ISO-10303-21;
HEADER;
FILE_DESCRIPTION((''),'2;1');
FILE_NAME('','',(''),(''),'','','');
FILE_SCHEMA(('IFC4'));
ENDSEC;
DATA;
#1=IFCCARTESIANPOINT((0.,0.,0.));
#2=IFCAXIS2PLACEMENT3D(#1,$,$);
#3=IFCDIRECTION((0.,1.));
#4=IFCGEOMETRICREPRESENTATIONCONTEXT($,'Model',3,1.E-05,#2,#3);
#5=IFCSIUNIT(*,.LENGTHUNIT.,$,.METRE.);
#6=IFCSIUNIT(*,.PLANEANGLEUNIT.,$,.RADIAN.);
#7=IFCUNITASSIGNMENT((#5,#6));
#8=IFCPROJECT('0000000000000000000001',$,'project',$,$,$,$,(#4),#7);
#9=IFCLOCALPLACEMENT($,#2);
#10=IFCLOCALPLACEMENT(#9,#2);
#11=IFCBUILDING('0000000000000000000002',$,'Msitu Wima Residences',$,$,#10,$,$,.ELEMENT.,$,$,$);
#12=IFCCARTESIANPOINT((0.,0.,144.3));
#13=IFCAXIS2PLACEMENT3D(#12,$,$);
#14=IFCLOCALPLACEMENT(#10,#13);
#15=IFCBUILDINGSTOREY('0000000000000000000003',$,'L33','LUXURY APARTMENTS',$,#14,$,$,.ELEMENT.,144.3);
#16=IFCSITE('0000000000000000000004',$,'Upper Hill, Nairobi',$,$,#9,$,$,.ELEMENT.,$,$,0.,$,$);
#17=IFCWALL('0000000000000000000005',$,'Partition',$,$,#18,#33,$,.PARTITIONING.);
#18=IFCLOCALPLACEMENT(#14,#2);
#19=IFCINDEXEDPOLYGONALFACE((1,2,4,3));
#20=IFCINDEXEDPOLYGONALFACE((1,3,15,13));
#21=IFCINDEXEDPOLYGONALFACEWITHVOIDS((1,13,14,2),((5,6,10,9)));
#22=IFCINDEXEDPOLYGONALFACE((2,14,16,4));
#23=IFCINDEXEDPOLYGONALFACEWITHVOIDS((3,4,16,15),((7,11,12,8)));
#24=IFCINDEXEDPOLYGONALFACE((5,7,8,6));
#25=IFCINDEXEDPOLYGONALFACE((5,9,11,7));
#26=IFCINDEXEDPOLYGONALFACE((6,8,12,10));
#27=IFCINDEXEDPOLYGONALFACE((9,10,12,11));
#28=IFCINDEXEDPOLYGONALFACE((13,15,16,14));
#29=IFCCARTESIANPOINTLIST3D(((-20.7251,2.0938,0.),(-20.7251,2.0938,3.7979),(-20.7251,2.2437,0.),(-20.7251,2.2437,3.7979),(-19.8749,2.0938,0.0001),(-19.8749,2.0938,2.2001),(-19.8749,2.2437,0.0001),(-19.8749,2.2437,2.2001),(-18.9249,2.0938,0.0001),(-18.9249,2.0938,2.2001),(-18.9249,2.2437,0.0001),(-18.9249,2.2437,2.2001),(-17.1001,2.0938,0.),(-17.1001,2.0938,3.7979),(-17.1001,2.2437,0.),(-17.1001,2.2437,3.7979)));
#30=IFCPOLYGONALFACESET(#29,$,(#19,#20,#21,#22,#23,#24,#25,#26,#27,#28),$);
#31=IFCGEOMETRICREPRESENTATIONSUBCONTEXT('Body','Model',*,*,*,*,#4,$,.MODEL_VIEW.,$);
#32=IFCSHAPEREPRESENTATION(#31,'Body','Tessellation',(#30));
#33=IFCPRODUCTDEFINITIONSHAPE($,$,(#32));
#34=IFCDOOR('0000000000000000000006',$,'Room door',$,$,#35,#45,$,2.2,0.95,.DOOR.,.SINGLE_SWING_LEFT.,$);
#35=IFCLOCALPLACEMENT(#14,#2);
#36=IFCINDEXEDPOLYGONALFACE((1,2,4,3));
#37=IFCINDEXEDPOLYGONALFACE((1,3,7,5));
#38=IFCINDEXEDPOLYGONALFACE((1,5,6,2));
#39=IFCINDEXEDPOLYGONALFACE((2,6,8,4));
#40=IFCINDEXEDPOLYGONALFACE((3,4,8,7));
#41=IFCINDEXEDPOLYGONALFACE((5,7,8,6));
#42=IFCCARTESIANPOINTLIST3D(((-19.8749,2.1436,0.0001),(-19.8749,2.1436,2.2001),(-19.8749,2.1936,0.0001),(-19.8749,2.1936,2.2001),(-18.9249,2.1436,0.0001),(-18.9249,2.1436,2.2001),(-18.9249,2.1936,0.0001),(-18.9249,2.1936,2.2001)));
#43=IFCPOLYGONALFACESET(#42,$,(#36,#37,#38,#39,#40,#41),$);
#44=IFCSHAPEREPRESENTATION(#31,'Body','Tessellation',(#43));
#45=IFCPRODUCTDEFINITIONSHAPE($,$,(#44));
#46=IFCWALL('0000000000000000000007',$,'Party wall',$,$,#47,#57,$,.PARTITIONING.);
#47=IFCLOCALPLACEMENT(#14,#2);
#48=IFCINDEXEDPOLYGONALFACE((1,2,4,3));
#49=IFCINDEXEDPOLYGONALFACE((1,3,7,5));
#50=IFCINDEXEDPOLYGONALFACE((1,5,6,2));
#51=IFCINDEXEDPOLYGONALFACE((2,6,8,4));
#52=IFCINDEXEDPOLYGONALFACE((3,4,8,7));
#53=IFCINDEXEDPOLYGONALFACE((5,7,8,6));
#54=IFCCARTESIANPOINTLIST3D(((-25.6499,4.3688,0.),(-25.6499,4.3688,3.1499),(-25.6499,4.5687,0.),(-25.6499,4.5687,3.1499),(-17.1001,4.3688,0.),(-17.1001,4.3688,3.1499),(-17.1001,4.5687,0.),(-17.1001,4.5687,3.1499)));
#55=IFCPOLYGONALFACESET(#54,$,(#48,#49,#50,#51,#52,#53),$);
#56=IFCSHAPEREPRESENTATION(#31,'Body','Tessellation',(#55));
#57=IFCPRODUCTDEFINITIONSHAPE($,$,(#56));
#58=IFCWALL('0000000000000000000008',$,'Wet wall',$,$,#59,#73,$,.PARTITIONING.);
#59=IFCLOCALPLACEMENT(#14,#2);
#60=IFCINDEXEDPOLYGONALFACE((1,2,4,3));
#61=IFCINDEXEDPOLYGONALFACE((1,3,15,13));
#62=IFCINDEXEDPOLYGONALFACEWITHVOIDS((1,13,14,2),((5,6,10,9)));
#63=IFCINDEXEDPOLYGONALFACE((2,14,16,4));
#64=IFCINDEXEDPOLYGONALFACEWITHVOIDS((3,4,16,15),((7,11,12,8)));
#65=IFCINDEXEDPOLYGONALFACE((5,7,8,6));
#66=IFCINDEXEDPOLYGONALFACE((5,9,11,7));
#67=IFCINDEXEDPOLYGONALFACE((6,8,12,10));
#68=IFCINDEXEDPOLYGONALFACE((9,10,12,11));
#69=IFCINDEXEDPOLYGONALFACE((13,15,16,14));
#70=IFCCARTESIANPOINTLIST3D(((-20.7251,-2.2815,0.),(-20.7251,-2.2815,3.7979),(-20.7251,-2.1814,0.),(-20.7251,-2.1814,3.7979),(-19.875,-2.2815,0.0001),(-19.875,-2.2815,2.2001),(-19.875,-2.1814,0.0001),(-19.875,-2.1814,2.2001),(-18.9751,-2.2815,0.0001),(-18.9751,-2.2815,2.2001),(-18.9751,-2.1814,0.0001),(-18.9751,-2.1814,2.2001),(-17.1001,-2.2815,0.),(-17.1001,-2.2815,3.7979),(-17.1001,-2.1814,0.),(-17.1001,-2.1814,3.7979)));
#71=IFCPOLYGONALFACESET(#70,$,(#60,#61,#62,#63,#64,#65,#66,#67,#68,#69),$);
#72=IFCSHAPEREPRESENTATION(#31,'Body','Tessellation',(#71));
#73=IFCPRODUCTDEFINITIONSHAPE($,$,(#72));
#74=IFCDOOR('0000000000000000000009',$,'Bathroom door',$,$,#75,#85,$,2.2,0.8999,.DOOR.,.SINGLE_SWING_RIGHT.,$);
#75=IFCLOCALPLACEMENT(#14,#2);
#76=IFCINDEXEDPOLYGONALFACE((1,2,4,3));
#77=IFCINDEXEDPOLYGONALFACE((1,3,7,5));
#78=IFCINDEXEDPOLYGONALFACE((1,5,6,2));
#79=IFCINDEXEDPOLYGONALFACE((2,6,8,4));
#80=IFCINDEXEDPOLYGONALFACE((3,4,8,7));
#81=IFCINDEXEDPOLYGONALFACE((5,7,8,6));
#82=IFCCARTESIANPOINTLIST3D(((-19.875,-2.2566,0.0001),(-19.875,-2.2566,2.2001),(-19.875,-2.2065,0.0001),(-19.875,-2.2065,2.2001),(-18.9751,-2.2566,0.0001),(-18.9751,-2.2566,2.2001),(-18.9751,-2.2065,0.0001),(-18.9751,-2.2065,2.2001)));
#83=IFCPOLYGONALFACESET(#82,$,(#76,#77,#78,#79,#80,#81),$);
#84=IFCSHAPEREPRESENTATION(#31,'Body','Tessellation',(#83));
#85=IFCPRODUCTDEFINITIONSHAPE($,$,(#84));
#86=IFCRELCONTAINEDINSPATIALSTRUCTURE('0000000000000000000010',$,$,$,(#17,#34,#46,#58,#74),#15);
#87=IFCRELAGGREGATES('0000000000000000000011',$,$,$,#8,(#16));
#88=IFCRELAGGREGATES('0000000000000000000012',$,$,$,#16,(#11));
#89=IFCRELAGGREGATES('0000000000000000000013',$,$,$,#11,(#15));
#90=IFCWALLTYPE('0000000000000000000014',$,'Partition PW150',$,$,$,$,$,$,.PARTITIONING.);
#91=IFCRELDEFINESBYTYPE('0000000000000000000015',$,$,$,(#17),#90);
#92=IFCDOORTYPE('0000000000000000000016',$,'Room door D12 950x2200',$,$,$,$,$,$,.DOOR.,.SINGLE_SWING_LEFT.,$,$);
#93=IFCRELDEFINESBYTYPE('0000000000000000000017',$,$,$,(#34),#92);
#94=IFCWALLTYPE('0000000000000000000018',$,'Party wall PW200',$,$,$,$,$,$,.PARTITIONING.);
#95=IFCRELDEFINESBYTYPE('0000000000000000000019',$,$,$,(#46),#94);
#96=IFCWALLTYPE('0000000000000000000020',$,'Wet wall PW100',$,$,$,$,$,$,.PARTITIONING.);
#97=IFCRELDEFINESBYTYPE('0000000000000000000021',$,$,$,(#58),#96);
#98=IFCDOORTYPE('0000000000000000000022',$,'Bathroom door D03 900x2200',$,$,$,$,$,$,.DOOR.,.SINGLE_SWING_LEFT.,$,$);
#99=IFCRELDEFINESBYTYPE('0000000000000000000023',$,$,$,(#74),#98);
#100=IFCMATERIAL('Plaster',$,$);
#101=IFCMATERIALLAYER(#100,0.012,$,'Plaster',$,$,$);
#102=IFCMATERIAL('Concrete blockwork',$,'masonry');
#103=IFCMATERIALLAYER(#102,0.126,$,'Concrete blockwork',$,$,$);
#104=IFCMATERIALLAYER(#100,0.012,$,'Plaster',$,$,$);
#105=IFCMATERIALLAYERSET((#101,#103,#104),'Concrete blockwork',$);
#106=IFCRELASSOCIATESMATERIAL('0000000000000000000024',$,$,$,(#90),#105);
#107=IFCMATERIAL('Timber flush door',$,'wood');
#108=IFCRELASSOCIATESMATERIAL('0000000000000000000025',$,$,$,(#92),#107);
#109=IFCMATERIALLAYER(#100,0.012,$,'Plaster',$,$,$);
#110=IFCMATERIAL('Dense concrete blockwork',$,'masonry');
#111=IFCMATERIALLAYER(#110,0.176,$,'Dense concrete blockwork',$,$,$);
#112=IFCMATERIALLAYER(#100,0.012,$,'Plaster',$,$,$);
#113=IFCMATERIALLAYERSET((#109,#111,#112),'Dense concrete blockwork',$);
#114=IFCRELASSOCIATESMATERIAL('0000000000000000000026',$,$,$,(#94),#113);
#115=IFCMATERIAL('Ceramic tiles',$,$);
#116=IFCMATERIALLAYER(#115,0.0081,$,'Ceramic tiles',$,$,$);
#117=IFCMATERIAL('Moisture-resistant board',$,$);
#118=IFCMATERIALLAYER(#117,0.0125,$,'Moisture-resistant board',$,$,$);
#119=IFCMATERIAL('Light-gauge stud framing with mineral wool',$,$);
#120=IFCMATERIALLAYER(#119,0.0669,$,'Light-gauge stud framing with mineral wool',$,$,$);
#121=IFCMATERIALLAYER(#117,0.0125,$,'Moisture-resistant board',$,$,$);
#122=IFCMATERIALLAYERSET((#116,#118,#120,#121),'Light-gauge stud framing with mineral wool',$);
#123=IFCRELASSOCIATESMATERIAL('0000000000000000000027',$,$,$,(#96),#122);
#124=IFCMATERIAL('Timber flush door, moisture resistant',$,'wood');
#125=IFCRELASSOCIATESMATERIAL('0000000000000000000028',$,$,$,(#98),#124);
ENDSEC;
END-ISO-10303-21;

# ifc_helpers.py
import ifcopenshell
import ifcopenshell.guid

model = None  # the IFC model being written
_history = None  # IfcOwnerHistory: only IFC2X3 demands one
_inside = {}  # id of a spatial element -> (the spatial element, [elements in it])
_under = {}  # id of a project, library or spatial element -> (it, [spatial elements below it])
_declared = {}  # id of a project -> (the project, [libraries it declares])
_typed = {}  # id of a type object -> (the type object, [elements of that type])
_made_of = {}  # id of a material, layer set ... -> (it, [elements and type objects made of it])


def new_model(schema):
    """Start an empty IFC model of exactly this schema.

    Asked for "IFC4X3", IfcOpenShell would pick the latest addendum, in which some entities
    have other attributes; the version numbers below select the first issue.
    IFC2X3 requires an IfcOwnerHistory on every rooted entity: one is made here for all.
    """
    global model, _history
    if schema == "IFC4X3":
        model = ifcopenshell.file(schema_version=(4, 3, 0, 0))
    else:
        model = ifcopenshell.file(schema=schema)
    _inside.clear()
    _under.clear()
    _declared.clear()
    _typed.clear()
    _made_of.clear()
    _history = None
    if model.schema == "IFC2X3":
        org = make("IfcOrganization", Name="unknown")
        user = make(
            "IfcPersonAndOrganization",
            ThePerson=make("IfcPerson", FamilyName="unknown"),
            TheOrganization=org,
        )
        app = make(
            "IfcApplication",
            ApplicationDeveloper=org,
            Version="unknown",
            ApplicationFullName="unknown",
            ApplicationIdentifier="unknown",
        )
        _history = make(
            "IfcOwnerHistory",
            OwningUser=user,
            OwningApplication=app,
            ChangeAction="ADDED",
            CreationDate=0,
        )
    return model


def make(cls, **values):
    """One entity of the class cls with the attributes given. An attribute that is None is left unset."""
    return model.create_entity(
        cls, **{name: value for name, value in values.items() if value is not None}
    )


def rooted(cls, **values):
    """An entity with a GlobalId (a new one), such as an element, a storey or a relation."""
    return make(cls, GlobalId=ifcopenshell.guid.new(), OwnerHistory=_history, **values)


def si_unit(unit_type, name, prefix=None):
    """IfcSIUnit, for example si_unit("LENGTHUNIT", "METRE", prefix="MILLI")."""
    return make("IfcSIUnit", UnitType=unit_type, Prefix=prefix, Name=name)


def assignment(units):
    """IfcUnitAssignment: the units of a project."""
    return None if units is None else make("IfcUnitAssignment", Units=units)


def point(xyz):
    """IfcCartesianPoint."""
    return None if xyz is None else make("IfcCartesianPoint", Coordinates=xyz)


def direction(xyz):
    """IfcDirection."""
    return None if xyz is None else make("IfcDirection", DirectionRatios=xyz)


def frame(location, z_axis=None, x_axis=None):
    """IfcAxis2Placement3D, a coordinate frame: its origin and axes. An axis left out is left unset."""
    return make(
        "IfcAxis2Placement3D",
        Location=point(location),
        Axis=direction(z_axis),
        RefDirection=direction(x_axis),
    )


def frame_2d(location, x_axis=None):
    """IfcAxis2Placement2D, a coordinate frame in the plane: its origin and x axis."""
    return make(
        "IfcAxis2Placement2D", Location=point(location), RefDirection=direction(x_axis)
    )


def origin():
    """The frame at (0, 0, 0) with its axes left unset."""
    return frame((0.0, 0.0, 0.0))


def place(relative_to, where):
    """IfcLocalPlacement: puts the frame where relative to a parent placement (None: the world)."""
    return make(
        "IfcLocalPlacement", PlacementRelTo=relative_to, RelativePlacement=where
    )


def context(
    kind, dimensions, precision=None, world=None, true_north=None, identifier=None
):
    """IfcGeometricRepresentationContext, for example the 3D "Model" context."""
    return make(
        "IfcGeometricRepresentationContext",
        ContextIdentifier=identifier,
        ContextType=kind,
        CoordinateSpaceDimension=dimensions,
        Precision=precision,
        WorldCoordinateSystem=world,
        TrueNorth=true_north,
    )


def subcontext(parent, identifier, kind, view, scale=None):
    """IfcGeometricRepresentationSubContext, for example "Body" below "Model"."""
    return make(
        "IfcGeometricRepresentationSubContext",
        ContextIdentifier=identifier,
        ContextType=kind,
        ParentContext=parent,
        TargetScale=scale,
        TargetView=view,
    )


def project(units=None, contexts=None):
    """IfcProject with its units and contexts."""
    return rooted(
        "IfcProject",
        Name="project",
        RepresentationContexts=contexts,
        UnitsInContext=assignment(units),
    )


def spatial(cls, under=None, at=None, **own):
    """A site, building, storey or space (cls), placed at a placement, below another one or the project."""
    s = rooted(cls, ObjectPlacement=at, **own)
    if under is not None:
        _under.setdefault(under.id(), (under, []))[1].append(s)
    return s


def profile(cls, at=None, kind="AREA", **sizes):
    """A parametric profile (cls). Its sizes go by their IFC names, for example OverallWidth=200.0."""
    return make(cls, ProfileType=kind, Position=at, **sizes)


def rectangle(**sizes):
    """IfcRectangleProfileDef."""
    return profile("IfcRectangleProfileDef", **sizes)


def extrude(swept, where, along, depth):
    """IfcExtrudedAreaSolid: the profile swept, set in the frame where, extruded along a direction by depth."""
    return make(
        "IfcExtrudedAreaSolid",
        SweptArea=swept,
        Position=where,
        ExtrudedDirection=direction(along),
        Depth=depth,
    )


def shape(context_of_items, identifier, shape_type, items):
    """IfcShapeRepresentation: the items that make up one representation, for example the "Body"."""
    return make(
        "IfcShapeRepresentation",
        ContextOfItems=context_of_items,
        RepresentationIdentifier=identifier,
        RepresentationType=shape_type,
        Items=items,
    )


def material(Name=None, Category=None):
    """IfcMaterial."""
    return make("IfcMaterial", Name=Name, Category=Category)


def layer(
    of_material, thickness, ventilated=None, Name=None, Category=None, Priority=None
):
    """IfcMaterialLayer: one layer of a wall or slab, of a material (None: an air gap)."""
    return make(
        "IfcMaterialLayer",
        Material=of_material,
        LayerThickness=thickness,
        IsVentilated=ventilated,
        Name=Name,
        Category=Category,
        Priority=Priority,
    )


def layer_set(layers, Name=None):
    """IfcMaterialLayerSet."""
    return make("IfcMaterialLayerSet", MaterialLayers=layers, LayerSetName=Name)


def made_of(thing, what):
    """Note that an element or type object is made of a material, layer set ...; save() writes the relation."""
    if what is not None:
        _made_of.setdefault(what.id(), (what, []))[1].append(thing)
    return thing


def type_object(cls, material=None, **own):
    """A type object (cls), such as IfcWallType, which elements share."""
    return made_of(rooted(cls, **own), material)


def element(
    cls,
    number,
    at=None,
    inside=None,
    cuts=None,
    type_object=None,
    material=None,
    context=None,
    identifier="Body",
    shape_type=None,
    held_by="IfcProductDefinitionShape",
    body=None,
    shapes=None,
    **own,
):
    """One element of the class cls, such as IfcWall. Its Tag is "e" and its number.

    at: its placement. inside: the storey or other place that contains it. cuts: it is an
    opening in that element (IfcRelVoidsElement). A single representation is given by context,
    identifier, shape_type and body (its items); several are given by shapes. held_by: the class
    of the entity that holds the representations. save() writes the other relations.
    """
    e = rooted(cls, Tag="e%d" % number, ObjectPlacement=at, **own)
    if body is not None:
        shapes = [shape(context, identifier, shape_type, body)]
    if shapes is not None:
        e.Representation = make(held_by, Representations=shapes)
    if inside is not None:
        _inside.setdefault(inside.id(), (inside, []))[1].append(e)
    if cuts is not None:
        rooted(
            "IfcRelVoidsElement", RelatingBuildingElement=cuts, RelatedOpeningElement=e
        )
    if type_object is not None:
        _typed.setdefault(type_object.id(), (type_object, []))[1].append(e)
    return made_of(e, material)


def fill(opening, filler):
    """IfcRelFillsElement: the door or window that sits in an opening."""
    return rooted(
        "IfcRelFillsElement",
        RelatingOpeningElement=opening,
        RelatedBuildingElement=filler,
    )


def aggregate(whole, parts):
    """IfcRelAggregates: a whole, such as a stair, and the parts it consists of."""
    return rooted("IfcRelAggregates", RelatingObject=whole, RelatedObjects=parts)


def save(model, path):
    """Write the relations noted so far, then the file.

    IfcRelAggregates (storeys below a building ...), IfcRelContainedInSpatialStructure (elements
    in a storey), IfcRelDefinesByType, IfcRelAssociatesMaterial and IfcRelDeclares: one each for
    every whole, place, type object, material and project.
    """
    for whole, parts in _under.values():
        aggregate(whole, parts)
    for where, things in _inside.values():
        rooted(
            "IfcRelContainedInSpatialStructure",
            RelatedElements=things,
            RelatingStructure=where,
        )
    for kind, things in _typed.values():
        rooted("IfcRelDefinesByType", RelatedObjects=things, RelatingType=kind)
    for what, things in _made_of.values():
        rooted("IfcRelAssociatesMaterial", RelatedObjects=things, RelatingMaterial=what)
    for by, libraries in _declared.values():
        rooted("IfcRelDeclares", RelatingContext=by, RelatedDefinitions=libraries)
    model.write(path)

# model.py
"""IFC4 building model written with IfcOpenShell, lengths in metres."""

from ifc_helpers import new_model, si_unit, direction, frame, frame_2d, origin, place, context, subcontext, project, spatial, rectangle, extrude, material, layer, layer_set, type_object, element, fill, save


model = new_model("IFC4")

# Units and contexts
model_context = context("Model", 3, precision=1e-05, world=origin(), true_north=direction((0.0, 1.0)))
body_context = subcontext(model_context, "Body", "Model", "MODEL_VIEW")
ifc_project = project(units=[si_unit("LENGTHUNIT", "METRE"), si_unit("PLANEANGLEUNIT", "RADIAN")], contexts=[model_context])

# Site, building, storey
site_placement = place(None, origin())
site = spatial("IfcSite", under=ifc_project, at=site_placement, Name="Upper Hill, Nairobi", CompositionType="ELEMENT", RefElevation=0.0)
building_placement = place(site_placement, origin())
building = spatial("IfcBuilding", under=site, at=building_placement, Name="Msitu Wima Residences", CompositionType="ELEMENT")
storey_placement = place(building_placement, frame((0.0, 0.0, 144.3)))
storey = spatial("IfcBuildingStorey", under=building, at=storey_placement, Name="L33", Description="LUXURY APARTMENTS", CompositionType="ELEMENT", Elevation=144.3)

# Wall, opening, door
ifc_material_1 = material(Name="Plaster")
ifc_layer_1 = layer(ifc_material_1, 0.012, Name="Plaster")
ifc_material_2 = material(Name="Concrete blockwork", Category="masonry")
ifc_layer_2 = layer(ifc_material_2, 0.126, Name="Concrete blockwork")
ifc_layer_3 = layer(ifc_material_1, 0.012, Name="Plaster")
ifc_layer_set_1 = layer_set([ifc_layer_1, ifc_layer_2, ifc_layer_3], Name="Concrete blockwork")
wall_type_1 = type_object("IfcWallType", Name="Partition PW150", PredefinedType="PARTITIONING", material=ifc_layer_set_1)
wall_1_placement = place(storey_placement, frame((-20.7251, 2.1687, 0.0), z_axis=(0.0, 0.0, 1.0), x_axis=(1.0, 0.0, 0.0)))
wall_1 = element("IfcWall", 1, at=wall_1_placement, inside=storey, type_object=wall_type_1, Name="Partition", PredefinedType="PARTITIONING", context=body_context, shape_type="SweptSolid", body=[
    extrude(rectangle(XDim=3.625, YDim=0.1499, at=frame_2d((1.8125, 0.0))), origin(), (0.0, 0.0, 1.0), 3.7979),
])
opening_1_placement = place(wall_1_placement, frame((0.8501, 0.0, 0.0)))
opening_1 = element("IfcOpeningElement", 2, at=opening_1_placement, cuts=wall_1, PredefinedType="OPENING", context=body_context, shape_type="SweptSolid", body=[
    extrude(rectangle(XDim=0.95, YDim=2.2, at=frame_2d((0.4751, 1.1001))), frame((0.0, 0.085, 0.0), z_axis=(0.0, -1.0, 0.0), x_axis=(1.0, 0.0, 0.0)), (0.0, 0.0, 1.0), 0.1699),
])
ifc_material_3 = material(Name="Timber flush door", Category="wood")
door_type_1 = type_object("IfcDoorType", Name="Room door D12 950x2200", OperationType="SINGLE_SWING_LEFT", PredefinedType="DOOR", material=ifc_material_3)
door_1_placement = place(opening_1_placement, origin())
door_1 = element("IfcDoor", 3, at=door_1_placement, inside=storey, type_object=door_type_1, Name="Room door", OperationType="SINGLE_SWING_LEFT", OverallHeight=2.2, OverallWidth=0.95, PredefinedType="DOOR", context=body_context, shape_type="SweptSolid", body=[
    extrude(rectangle(XDim=0.95, YDim=2.2, at=frame_2d((0.4751, 1.1001))), frame((0.0, 0.0249, 0.0), z_axis=(0.0, -1.0, 0.0), x_axis=(1.0, 0.0, 0.0)), (0.0, 0.0, 1.0), 0.05),
])
fill(opening_1, door_1)

# Wall
ifc_layer_4 = layer(ifc_material_1, 0.012, Name="Plaster")
ifc_material_4 = material(Name="Dense concrete blockwork", Category="masonry")
ifc_layer_5 = layer(ifc_material_4, 0.176, Name="Dense concrete blockwork")
ifc_layer_6 = layer(ifc_material_1, 0.012, Name="Plaster")
ifc_layer_set_2 = layer_set([ifc_layer_4, ifc_layer_5, ifc_layer_6], Name="Dense concrete blockwork")
wall_type_2 = type_object("IfcWallType", Name="Party wall PW200", PredefinedType="PARTITIONING", material=ifc_layer_set_2)
wall_2_placement = place(storey_placement, frame((-25.6499, 4.4688, 0.0), z_axis=(0.0, 0.0, 1.0), x_axis=(1.0, 0.0, 0.0)))
element("IfcWall", 4, at=wall_2_placement, inside=storey, type_object=wall_type_2, Name="Party wall", PredefinedType="PARTITIONING", context=body_context, shape_type="SweptSolid", body=[
    extrude(rectangle(XDim=8.5498, YDim=0.2, at=frame_2d((4.2749, 0.0))), origin(), (0.0, 0.0, 1.0), 3.1499),
])

# Wall, opening, door
ifc_material_5 = material(Name="Ceramic tiles")
ifc_layer_7 = layer(ifc_material_5, 0.0081, Name="Ceramic tiles")
ifc_material_6 = material(Name="Moisture-resistant board")
ifc_layer_8 = layer(ifc_material_6, 0.0125, Name="Moisture-resistant board")
ifc_material_7 = material(Name="Light-gauge stud framing with mineral wool")
ifc_layer_9 = layer(ifc_material_7, 0.0669, Name="Light-gauge stud framing with mineral wool")
ifc_layer_10 = layer(ifc_material_6, 0.0125, Name="Moisture-resistant board")
ifc_layer_set_3 = layer_set([ifc_layer_7, ifc_layer_8, ifc_layer_9, ifc_layer_10], Name="Light-gauge stud framing with mineral wool")
wall_type_3 = type_object("IfcWallType", Name="Wet wall PW100", PredefinedType="PARTITIONING", material=ifc_layer_set_3)
wall_3_placement = place(storey_placement, frame((-20.7251, -2.2314, 0.0), z_axis=(0.0, 0.0, 1.0), x_axis=(1.0, 0.0, 0.0)))
wall_3 = element("IfcWall", 5, at=wall_3_placement, inside=storey, type_object=wall_type_3, Name="Wet wall", PredefinedType="PARTITIONING", context=body_context, shape_type="SweptSolid", body=[
    extrude(rectangle(XDim=3.625, YDim=0.1001, at=frame_2d((1.8125, 0.0))), origin(), (0.0, 0.0, 1.0), 3.7979),
])
opening_2_placement = place(wall_3_placement, frame((0.8501, 0.0, 0.0)))
opening_2 = element("IfcOpeningElement", 6, at=opening_2_placement, cuts=wall_3, PredefinedType="OPENING", context=body_context, shape_type="SweptSolid", body=[
    extrude(rectangle(XDim=0.8999, YDim=2.2, at=frame_2d((0.45, 1.1001))), frame((0.0, 0.0601, 0.0), z_axis=(0.0, -1.0, 0.0), x_axis=(1.0, 0.0, 0.0)), (0.0, 0.0, 1.0), 0.1201),
])
ifc_material_8 = material(Name="Timber flush door, moisture resistant", Category="wood")
door_type_2 = type_object("IfcDoorType", Name="Bathroom door D03 900x2200", OperationType="SINGLE_SWING_LEFT", PredefinedType="DOOR", material=ifc_material_8)
door_2_placement = place(opening_2_placement, origin())
door_2 = element("IfcDoor", 7, at=door_2_placement, inside=storey, type_object=door_type_2, Name="Bathroom door", OperationType="SINGLE_SWING_RIGHT", OverallHeight=2.2, OverallWidth=0.8999, PredefinedType="DOOR", context=body_context, shape_type="SweptSolid", body=[
    extrude(rectangle(XDim=0.8999, YDim=2.2, at=frame_2d((0.45, 1.1001))), frame((0.0, 0.0249, 0.0), z_axis=(0.0, -1.0, 0.0), x_axis=(1.0, 0.0, 0.0)), (0.0, 0.0, 1.0), 0.05),
])
fill(opening_2, door_2)

save(model, "model.ifc")
